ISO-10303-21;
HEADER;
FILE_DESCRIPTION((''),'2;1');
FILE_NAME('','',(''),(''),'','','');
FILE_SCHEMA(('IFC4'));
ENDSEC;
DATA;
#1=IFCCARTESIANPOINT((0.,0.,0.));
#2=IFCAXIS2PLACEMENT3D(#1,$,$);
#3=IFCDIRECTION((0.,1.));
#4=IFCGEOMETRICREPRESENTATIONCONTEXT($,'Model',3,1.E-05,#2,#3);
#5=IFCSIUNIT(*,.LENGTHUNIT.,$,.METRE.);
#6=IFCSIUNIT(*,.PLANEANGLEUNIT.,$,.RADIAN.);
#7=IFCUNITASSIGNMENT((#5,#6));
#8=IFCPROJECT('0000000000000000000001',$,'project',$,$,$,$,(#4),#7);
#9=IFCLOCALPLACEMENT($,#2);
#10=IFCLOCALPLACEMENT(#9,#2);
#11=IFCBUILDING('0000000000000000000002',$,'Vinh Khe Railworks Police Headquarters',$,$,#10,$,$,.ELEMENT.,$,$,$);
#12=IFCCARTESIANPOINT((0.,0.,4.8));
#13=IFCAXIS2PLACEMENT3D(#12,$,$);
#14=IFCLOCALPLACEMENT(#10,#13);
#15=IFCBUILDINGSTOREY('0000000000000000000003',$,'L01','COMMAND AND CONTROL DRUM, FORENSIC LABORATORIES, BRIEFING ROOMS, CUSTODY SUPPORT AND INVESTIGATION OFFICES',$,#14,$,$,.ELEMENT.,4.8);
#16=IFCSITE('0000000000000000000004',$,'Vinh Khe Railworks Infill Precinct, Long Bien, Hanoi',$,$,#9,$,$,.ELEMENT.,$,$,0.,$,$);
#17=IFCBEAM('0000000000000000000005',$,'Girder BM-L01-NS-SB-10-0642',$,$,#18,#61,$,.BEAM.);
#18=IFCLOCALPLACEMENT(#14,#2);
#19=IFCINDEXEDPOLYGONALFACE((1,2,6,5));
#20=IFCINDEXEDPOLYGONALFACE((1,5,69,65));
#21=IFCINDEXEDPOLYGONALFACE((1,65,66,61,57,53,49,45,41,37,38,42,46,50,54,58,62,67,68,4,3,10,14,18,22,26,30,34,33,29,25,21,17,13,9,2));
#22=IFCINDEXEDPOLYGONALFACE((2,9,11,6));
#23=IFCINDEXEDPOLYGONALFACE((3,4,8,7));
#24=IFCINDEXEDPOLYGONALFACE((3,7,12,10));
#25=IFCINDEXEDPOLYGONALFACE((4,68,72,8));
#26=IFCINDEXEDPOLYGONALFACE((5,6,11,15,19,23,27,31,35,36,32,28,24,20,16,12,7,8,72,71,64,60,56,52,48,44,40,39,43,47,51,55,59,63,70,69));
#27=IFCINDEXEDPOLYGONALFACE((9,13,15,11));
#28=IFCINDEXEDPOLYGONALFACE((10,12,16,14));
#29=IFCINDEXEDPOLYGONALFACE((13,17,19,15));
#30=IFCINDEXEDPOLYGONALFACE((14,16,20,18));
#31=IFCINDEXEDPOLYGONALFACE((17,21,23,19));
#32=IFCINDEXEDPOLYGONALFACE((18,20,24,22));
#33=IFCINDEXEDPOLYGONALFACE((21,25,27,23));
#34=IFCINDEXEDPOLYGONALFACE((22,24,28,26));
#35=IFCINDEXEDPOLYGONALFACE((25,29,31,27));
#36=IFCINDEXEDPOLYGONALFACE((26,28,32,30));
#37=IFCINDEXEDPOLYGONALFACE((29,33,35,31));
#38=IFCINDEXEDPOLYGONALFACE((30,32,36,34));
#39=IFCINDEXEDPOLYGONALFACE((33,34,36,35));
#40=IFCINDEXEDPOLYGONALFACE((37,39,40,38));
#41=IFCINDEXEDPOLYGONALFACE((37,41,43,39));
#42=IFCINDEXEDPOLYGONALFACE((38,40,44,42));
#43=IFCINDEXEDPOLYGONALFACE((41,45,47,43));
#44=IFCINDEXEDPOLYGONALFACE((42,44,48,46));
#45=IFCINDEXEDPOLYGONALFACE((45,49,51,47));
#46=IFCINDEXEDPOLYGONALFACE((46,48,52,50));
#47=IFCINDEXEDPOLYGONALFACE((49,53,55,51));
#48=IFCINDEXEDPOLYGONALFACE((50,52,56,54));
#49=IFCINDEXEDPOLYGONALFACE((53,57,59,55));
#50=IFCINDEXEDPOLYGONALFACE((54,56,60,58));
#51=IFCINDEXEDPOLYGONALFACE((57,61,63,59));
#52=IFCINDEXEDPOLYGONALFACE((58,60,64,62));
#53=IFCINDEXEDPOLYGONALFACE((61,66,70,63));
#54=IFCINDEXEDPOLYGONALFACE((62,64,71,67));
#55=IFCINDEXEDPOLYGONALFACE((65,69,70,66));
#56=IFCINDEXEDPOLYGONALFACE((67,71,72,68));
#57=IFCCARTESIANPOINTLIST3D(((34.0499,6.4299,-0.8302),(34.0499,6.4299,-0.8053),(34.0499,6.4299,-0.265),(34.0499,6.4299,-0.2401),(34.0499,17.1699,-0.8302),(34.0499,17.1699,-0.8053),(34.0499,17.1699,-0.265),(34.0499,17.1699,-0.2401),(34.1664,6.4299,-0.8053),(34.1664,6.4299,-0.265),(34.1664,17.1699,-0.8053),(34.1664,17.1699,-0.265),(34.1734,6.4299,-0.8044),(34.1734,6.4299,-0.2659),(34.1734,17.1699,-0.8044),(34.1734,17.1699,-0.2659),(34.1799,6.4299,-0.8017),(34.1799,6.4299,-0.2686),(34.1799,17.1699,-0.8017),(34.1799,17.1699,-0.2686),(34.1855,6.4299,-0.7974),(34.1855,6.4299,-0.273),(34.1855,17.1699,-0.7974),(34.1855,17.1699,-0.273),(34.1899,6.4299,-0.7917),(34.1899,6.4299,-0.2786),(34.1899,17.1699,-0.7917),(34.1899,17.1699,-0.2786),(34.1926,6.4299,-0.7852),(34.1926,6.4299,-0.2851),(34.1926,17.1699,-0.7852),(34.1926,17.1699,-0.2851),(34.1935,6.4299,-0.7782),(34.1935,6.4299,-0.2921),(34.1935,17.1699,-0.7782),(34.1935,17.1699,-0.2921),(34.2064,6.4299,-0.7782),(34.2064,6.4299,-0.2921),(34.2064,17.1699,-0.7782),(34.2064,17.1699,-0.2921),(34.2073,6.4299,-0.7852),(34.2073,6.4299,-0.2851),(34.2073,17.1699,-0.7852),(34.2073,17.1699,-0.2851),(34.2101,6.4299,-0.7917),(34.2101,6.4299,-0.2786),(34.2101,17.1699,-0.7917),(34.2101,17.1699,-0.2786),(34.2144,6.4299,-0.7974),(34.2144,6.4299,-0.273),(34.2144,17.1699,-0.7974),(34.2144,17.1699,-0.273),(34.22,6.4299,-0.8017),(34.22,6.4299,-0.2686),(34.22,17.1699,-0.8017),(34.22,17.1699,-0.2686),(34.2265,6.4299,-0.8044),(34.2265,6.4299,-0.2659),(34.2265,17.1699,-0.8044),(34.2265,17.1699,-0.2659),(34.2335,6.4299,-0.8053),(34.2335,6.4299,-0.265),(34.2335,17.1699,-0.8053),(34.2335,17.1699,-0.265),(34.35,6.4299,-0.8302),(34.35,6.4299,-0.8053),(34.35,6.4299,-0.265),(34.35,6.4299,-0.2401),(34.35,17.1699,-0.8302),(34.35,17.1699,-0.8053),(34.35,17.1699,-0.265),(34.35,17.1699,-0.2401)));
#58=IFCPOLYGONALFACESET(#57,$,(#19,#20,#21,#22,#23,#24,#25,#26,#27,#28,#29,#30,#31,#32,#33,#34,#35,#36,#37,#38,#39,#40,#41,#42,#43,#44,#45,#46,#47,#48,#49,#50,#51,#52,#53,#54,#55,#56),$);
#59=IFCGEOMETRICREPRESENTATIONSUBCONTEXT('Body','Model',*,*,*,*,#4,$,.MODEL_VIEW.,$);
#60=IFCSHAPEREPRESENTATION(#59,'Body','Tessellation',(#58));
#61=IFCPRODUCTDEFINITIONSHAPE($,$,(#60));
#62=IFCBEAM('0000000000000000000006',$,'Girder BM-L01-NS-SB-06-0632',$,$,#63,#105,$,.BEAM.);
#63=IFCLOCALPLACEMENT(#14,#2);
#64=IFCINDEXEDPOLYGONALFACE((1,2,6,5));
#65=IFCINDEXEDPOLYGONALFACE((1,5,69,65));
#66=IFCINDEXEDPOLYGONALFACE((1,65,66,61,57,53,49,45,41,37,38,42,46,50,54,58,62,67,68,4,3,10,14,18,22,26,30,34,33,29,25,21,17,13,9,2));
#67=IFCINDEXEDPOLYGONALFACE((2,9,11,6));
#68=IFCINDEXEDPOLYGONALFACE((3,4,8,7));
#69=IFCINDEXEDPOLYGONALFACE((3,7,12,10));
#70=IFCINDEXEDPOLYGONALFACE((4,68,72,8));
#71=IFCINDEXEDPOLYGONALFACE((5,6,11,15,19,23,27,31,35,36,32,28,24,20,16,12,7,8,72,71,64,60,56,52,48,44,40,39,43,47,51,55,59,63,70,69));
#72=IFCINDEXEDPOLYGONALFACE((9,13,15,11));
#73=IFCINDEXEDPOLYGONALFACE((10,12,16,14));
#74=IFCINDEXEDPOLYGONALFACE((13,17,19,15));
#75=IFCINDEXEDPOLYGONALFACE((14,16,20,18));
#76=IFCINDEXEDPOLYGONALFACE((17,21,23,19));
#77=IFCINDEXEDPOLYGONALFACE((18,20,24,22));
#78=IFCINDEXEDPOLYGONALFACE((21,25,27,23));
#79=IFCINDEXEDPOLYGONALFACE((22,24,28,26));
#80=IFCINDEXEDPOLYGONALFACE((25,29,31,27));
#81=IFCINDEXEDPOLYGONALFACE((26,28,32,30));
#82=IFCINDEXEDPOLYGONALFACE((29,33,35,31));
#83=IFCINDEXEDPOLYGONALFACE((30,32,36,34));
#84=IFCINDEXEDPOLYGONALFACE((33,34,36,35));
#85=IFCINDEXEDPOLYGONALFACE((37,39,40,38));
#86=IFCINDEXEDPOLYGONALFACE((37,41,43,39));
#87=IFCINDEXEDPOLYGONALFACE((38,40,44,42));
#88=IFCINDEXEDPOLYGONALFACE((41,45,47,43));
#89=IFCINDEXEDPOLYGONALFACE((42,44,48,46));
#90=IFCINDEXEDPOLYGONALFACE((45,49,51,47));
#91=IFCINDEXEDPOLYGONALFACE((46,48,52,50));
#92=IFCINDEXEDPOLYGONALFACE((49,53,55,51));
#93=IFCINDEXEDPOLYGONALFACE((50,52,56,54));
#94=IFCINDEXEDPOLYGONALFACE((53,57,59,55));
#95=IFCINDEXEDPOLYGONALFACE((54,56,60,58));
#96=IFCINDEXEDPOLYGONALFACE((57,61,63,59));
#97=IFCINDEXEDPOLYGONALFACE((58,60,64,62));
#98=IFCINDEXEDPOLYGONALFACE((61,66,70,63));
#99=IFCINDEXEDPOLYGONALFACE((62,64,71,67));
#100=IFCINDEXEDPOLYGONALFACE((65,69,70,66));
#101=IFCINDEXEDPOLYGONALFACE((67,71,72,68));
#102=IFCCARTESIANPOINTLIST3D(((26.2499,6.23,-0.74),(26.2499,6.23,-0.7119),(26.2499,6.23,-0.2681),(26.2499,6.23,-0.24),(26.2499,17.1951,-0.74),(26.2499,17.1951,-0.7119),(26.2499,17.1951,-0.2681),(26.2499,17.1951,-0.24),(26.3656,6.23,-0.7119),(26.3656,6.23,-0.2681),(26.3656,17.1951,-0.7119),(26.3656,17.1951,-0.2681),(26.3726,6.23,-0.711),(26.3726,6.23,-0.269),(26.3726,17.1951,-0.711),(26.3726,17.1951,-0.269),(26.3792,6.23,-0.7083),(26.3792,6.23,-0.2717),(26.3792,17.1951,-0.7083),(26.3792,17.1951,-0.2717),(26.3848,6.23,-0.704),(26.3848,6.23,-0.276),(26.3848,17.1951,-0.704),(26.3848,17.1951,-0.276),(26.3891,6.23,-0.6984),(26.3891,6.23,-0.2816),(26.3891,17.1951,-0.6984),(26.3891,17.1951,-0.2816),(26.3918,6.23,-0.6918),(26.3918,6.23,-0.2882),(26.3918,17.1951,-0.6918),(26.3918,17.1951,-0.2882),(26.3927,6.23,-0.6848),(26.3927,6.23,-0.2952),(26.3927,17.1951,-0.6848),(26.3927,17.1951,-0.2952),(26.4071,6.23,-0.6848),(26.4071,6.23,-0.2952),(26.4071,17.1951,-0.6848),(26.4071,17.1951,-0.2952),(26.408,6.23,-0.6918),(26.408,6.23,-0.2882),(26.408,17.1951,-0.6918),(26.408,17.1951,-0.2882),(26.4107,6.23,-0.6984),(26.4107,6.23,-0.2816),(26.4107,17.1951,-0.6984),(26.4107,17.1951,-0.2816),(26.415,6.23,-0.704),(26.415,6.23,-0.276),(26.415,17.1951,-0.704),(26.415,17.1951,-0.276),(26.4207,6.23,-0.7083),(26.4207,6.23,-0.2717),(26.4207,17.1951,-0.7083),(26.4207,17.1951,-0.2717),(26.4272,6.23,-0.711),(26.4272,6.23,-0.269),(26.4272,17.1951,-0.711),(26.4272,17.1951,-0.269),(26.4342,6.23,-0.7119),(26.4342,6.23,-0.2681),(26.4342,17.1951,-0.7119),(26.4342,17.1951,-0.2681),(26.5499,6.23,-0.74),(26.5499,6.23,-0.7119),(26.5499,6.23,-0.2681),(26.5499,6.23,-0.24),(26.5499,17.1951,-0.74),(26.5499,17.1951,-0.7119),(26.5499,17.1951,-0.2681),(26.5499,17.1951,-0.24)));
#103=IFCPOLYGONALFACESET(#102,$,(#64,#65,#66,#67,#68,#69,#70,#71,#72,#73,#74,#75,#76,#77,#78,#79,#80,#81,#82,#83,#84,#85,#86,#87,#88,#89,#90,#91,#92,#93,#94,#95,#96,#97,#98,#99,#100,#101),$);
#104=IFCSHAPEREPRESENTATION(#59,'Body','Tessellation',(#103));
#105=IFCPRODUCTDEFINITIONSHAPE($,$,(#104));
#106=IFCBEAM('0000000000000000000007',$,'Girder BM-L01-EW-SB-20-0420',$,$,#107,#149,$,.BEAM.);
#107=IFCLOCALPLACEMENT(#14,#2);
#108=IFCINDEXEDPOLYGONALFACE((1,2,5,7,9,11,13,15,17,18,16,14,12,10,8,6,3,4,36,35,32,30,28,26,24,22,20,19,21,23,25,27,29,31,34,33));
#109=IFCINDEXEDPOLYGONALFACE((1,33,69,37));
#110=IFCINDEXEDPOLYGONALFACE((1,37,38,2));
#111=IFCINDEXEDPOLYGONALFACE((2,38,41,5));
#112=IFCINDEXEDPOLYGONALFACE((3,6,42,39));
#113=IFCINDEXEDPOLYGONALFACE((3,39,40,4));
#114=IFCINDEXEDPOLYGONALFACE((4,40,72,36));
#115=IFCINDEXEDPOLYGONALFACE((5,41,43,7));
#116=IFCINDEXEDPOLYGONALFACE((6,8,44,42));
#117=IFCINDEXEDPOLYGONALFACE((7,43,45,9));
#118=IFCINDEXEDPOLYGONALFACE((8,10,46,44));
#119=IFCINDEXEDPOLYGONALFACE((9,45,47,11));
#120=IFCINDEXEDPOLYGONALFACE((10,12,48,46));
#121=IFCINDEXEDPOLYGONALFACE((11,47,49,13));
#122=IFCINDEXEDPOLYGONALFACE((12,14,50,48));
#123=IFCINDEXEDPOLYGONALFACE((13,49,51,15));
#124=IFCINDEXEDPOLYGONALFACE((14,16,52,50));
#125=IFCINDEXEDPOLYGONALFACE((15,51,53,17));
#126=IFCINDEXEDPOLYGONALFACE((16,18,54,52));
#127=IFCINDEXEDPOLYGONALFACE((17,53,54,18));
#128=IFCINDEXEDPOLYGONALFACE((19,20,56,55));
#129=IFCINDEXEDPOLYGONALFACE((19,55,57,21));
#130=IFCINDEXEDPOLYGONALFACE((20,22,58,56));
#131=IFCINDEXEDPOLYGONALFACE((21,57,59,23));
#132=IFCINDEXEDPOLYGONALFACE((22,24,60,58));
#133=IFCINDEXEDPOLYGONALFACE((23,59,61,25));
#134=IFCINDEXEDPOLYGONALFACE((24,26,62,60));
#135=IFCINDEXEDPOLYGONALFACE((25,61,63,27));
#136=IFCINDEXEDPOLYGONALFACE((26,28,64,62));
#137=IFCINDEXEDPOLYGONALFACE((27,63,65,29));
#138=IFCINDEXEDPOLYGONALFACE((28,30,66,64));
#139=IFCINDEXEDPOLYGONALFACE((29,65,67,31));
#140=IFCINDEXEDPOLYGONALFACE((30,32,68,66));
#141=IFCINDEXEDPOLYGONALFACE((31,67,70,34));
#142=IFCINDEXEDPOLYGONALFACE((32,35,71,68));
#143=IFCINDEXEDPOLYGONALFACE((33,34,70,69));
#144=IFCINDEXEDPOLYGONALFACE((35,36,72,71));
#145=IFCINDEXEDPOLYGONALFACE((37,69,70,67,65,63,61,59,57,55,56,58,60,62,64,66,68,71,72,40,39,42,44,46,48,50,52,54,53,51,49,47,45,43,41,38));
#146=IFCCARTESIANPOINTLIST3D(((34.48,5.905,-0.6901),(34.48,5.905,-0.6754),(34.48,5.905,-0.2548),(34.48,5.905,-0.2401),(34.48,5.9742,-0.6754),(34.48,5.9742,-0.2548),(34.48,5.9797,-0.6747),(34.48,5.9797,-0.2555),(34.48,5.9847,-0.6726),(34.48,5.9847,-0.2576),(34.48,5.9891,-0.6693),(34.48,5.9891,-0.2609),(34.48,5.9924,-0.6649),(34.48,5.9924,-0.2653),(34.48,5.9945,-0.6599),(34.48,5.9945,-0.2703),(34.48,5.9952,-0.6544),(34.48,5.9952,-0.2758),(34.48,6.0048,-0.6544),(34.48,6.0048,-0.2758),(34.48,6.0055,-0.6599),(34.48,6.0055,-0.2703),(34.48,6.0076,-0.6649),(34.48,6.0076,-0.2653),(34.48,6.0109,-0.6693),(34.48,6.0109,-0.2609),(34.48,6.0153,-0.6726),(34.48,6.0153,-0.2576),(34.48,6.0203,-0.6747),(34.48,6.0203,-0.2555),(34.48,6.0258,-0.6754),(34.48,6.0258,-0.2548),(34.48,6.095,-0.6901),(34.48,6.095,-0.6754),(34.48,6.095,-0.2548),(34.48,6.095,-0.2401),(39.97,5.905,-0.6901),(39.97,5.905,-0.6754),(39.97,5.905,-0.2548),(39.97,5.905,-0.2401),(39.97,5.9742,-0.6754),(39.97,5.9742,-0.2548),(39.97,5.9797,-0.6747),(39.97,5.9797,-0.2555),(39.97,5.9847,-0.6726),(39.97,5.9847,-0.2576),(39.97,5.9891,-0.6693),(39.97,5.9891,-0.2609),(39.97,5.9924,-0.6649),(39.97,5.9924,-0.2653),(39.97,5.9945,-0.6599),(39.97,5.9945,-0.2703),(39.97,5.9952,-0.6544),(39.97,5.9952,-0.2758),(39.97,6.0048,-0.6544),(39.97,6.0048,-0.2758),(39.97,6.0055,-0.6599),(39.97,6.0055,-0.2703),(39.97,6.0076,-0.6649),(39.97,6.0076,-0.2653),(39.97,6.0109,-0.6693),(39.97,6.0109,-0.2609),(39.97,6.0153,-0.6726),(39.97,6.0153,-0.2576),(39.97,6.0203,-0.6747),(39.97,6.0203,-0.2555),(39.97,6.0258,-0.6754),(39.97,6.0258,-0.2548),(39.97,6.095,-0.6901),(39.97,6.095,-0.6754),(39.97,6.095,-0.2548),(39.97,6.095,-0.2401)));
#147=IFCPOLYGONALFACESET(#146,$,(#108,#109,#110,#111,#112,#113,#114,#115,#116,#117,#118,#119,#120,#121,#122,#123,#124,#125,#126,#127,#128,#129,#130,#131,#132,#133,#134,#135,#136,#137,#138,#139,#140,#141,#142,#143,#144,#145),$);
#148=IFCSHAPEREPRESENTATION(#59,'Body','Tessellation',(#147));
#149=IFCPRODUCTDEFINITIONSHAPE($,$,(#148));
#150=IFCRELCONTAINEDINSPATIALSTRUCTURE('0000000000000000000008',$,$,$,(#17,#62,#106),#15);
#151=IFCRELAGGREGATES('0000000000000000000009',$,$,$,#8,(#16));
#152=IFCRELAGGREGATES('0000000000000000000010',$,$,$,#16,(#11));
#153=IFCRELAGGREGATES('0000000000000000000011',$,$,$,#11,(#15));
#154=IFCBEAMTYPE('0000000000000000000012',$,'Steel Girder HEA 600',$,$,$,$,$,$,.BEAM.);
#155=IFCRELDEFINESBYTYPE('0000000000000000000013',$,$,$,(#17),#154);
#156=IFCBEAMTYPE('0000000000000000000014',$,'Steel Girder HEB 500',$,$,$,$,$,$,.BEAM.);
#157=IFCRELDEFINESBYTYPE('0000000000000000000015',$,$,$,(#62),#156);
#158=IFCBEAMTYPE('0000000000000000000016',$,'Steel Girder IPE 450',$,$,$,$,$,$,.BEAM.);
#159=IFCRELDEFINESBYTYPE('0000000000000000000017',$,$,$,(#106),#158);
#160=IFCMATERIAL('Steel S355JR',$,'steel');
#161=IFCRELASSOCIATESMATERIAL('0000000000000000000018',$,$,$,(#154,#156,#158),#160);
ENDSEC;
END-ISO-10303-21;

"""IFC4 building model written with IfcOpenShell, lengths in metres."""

from ifc_helpers import new_model, si_unit, direction, frame, origin, origin_2d, place, context, subcontext, project, spatial, i_section, extrude, material, material_profile, profile_set, type_object, element, save


model = new_model("IFC4")

# Units and contexts
model_context = context("Model", 3, precision=1e-05, world=origin(), true_north=direction((0.0, 1.0)))
body_context = subcontext(model_context, "Body", "Model", "MODEL_VIEW")
ifc_project = project(units=[si_unit("LENGTHUNIT", "METRE"), si_unit("PLANEANGLEUNIT", "RADIAN")], contexts=[model_context])

# Site, building, storey
site_placement = place(None, origin())
site = spatial("IfcSite", under=ifc_project, at=site_placement, Name="Vinh Khe Railworks Infill Precinct, Long Bien, Hanoi", CompositionType="ELEMENT", RefElevation=0.0)
building_placement = place(site_placement, origin())
building = spatial("IfcBuilding", under=site, at=building_placement, Name="Vinh Khe Railworks Police Headquarters", CompositionType="ELEMENT")
storey_placement = place(building_placement, frame((0.0, 0.0, 4.8)))
storey = spatial("IfcBuildingStorey", under=building, at=storey_placement, Name="L01", Description="COMMAND AND CONTROL DRUM, FORENSIC LABORATORIES, BRIEFING ROOMS, CUSTODY SUPPORT AND INVESTIGATION OFFICES", CompositionType="ELEMENT", Elevation=4.8)

# Shared definitions
ifc_material_1 = material(Name="Steel S355JR", Category="steel")

# Beams
ifc_material_profile_1 = material_profile(ifc_material_1, i_section(OverallWidth=0.3, OverallDepth=0.5901, WebThickness=0.0129, FlangeThickness=0.0249, FilletRadius=0.0271, at=origin_2d()), Name="HEA 600")
ifc_profile_set_1 = profile_set([ifc_material_profile_1], Name="Steel S355JR")
beam_type_1 = type_object("IfcBeamType", Name="Steel Girder HEA 600", PredefinedType="BEAM", material=ifc_profile_set_1)
beam_1_placement = place(storey_placement, frame((34.2, 6.4299, -0.5352), z_axis=(0.0, 1.0, 0.0), x_axis=(-1.0, 0.0, 0.0)))
element("IfcBeam", 1, at=beam_1_placement, inside=storey, type_object=beam_type_1, Name="Girder BM-L01-NS-SB-10-0642", PredefinedType="BEAM", context=body_context, shape_type="SweptSolid", body=[
    extrude(i_section(OverallWidth=0.3, OverallDepth=0.5901, WebThickness=0.0129, FlangeThickness=0.0249, FilletRadius=0.0271, at=origin_2d()), origin(), (0.0, 0.0, 1.0), 10.74),
])
ifc_material_profile_2 = material_profile(ifc_material_1, i_section(OverallWidth=0.3, OverallDepth=0.5, WebThickness=0.0144, FlangeThickness=0.0281, FilletRadius=0.0271, at=origin_2d()), Name="HEB 500")
ifc_profile_set_2 = profile_set([ifc_material_profile_2], Name="Steel S355JR")
beam_type_2 = type_object("IfcBeamType", Name="Steel Girder HEB 500", PredefinedType="BEAM", material=ifc_profile_set_2)
beam_2_placement = place(storey_placement, frame((26.3999, 6.23, -0.49), z_axis=(0.0, 1.0, 0.0), x_axis=(-1.0, 0.0, 0.0)))
element("IfcBeam", 2, at=beam_2_placement, inside=storey, type_object=beam_type_2, Name="Girder BM-L01-NS-SB-06-0632", PredefinedType="BEAM", context=body_context, shape_type="SweptSolid", body=[
    extrude(i_section(OverallWidth=0.3, OverallDepth=0.5, WebThickness=0.0144, FlangeThickness=0.0281, FilletRadius=0.0271, at=origin_2d()), origin(), (0.0, 0.0, 1.0), 10.9651),
])
ifc_material_profile_3 = material_profile(ifc_material_1, i_section(OverallWidth=0.1899, OverallDepth=0.45, WebThickness=0.0095, FlangeThickness=0.0146, FilletRadius=0.021, at=origin_2d()), Name="IPE 450")
ifc_profile_set_3 = profile_set([ifc_material_profile_3], Name="Steel S355JR")
beam_type_3 = type_object("IfcBeamType", Name="Steel Girder IPE 450", PredefinedType="BEAM", material=ifc_profile_set_3)
beam_3_placement = place(storey_placement, frame((34.48, 6.0, -0.4651), z_axis=(1.0, 0.0, 0.0), x_axis=(0.0, 1.0, 0.0)))
element("IfcBeam", 3, at=beam_3_placement, inside=storey, type_object=beam_type_3, Name="Girder BM-L01-EW-SB-20-0420", PredefinedType="BEAM", context=body_context, shape_type="SweptSolid", body=[
    extrude(i_section(OverallWidth=0.1899, OverallDepth=0.45, WebThickness=0.0095, FlangeThickness=0.0146, FilletRadius=0.021, at=origin_2d()), origin(), (0.0, 0.0, 1.0), 5.49),
])

save(model, "model.ifc")
